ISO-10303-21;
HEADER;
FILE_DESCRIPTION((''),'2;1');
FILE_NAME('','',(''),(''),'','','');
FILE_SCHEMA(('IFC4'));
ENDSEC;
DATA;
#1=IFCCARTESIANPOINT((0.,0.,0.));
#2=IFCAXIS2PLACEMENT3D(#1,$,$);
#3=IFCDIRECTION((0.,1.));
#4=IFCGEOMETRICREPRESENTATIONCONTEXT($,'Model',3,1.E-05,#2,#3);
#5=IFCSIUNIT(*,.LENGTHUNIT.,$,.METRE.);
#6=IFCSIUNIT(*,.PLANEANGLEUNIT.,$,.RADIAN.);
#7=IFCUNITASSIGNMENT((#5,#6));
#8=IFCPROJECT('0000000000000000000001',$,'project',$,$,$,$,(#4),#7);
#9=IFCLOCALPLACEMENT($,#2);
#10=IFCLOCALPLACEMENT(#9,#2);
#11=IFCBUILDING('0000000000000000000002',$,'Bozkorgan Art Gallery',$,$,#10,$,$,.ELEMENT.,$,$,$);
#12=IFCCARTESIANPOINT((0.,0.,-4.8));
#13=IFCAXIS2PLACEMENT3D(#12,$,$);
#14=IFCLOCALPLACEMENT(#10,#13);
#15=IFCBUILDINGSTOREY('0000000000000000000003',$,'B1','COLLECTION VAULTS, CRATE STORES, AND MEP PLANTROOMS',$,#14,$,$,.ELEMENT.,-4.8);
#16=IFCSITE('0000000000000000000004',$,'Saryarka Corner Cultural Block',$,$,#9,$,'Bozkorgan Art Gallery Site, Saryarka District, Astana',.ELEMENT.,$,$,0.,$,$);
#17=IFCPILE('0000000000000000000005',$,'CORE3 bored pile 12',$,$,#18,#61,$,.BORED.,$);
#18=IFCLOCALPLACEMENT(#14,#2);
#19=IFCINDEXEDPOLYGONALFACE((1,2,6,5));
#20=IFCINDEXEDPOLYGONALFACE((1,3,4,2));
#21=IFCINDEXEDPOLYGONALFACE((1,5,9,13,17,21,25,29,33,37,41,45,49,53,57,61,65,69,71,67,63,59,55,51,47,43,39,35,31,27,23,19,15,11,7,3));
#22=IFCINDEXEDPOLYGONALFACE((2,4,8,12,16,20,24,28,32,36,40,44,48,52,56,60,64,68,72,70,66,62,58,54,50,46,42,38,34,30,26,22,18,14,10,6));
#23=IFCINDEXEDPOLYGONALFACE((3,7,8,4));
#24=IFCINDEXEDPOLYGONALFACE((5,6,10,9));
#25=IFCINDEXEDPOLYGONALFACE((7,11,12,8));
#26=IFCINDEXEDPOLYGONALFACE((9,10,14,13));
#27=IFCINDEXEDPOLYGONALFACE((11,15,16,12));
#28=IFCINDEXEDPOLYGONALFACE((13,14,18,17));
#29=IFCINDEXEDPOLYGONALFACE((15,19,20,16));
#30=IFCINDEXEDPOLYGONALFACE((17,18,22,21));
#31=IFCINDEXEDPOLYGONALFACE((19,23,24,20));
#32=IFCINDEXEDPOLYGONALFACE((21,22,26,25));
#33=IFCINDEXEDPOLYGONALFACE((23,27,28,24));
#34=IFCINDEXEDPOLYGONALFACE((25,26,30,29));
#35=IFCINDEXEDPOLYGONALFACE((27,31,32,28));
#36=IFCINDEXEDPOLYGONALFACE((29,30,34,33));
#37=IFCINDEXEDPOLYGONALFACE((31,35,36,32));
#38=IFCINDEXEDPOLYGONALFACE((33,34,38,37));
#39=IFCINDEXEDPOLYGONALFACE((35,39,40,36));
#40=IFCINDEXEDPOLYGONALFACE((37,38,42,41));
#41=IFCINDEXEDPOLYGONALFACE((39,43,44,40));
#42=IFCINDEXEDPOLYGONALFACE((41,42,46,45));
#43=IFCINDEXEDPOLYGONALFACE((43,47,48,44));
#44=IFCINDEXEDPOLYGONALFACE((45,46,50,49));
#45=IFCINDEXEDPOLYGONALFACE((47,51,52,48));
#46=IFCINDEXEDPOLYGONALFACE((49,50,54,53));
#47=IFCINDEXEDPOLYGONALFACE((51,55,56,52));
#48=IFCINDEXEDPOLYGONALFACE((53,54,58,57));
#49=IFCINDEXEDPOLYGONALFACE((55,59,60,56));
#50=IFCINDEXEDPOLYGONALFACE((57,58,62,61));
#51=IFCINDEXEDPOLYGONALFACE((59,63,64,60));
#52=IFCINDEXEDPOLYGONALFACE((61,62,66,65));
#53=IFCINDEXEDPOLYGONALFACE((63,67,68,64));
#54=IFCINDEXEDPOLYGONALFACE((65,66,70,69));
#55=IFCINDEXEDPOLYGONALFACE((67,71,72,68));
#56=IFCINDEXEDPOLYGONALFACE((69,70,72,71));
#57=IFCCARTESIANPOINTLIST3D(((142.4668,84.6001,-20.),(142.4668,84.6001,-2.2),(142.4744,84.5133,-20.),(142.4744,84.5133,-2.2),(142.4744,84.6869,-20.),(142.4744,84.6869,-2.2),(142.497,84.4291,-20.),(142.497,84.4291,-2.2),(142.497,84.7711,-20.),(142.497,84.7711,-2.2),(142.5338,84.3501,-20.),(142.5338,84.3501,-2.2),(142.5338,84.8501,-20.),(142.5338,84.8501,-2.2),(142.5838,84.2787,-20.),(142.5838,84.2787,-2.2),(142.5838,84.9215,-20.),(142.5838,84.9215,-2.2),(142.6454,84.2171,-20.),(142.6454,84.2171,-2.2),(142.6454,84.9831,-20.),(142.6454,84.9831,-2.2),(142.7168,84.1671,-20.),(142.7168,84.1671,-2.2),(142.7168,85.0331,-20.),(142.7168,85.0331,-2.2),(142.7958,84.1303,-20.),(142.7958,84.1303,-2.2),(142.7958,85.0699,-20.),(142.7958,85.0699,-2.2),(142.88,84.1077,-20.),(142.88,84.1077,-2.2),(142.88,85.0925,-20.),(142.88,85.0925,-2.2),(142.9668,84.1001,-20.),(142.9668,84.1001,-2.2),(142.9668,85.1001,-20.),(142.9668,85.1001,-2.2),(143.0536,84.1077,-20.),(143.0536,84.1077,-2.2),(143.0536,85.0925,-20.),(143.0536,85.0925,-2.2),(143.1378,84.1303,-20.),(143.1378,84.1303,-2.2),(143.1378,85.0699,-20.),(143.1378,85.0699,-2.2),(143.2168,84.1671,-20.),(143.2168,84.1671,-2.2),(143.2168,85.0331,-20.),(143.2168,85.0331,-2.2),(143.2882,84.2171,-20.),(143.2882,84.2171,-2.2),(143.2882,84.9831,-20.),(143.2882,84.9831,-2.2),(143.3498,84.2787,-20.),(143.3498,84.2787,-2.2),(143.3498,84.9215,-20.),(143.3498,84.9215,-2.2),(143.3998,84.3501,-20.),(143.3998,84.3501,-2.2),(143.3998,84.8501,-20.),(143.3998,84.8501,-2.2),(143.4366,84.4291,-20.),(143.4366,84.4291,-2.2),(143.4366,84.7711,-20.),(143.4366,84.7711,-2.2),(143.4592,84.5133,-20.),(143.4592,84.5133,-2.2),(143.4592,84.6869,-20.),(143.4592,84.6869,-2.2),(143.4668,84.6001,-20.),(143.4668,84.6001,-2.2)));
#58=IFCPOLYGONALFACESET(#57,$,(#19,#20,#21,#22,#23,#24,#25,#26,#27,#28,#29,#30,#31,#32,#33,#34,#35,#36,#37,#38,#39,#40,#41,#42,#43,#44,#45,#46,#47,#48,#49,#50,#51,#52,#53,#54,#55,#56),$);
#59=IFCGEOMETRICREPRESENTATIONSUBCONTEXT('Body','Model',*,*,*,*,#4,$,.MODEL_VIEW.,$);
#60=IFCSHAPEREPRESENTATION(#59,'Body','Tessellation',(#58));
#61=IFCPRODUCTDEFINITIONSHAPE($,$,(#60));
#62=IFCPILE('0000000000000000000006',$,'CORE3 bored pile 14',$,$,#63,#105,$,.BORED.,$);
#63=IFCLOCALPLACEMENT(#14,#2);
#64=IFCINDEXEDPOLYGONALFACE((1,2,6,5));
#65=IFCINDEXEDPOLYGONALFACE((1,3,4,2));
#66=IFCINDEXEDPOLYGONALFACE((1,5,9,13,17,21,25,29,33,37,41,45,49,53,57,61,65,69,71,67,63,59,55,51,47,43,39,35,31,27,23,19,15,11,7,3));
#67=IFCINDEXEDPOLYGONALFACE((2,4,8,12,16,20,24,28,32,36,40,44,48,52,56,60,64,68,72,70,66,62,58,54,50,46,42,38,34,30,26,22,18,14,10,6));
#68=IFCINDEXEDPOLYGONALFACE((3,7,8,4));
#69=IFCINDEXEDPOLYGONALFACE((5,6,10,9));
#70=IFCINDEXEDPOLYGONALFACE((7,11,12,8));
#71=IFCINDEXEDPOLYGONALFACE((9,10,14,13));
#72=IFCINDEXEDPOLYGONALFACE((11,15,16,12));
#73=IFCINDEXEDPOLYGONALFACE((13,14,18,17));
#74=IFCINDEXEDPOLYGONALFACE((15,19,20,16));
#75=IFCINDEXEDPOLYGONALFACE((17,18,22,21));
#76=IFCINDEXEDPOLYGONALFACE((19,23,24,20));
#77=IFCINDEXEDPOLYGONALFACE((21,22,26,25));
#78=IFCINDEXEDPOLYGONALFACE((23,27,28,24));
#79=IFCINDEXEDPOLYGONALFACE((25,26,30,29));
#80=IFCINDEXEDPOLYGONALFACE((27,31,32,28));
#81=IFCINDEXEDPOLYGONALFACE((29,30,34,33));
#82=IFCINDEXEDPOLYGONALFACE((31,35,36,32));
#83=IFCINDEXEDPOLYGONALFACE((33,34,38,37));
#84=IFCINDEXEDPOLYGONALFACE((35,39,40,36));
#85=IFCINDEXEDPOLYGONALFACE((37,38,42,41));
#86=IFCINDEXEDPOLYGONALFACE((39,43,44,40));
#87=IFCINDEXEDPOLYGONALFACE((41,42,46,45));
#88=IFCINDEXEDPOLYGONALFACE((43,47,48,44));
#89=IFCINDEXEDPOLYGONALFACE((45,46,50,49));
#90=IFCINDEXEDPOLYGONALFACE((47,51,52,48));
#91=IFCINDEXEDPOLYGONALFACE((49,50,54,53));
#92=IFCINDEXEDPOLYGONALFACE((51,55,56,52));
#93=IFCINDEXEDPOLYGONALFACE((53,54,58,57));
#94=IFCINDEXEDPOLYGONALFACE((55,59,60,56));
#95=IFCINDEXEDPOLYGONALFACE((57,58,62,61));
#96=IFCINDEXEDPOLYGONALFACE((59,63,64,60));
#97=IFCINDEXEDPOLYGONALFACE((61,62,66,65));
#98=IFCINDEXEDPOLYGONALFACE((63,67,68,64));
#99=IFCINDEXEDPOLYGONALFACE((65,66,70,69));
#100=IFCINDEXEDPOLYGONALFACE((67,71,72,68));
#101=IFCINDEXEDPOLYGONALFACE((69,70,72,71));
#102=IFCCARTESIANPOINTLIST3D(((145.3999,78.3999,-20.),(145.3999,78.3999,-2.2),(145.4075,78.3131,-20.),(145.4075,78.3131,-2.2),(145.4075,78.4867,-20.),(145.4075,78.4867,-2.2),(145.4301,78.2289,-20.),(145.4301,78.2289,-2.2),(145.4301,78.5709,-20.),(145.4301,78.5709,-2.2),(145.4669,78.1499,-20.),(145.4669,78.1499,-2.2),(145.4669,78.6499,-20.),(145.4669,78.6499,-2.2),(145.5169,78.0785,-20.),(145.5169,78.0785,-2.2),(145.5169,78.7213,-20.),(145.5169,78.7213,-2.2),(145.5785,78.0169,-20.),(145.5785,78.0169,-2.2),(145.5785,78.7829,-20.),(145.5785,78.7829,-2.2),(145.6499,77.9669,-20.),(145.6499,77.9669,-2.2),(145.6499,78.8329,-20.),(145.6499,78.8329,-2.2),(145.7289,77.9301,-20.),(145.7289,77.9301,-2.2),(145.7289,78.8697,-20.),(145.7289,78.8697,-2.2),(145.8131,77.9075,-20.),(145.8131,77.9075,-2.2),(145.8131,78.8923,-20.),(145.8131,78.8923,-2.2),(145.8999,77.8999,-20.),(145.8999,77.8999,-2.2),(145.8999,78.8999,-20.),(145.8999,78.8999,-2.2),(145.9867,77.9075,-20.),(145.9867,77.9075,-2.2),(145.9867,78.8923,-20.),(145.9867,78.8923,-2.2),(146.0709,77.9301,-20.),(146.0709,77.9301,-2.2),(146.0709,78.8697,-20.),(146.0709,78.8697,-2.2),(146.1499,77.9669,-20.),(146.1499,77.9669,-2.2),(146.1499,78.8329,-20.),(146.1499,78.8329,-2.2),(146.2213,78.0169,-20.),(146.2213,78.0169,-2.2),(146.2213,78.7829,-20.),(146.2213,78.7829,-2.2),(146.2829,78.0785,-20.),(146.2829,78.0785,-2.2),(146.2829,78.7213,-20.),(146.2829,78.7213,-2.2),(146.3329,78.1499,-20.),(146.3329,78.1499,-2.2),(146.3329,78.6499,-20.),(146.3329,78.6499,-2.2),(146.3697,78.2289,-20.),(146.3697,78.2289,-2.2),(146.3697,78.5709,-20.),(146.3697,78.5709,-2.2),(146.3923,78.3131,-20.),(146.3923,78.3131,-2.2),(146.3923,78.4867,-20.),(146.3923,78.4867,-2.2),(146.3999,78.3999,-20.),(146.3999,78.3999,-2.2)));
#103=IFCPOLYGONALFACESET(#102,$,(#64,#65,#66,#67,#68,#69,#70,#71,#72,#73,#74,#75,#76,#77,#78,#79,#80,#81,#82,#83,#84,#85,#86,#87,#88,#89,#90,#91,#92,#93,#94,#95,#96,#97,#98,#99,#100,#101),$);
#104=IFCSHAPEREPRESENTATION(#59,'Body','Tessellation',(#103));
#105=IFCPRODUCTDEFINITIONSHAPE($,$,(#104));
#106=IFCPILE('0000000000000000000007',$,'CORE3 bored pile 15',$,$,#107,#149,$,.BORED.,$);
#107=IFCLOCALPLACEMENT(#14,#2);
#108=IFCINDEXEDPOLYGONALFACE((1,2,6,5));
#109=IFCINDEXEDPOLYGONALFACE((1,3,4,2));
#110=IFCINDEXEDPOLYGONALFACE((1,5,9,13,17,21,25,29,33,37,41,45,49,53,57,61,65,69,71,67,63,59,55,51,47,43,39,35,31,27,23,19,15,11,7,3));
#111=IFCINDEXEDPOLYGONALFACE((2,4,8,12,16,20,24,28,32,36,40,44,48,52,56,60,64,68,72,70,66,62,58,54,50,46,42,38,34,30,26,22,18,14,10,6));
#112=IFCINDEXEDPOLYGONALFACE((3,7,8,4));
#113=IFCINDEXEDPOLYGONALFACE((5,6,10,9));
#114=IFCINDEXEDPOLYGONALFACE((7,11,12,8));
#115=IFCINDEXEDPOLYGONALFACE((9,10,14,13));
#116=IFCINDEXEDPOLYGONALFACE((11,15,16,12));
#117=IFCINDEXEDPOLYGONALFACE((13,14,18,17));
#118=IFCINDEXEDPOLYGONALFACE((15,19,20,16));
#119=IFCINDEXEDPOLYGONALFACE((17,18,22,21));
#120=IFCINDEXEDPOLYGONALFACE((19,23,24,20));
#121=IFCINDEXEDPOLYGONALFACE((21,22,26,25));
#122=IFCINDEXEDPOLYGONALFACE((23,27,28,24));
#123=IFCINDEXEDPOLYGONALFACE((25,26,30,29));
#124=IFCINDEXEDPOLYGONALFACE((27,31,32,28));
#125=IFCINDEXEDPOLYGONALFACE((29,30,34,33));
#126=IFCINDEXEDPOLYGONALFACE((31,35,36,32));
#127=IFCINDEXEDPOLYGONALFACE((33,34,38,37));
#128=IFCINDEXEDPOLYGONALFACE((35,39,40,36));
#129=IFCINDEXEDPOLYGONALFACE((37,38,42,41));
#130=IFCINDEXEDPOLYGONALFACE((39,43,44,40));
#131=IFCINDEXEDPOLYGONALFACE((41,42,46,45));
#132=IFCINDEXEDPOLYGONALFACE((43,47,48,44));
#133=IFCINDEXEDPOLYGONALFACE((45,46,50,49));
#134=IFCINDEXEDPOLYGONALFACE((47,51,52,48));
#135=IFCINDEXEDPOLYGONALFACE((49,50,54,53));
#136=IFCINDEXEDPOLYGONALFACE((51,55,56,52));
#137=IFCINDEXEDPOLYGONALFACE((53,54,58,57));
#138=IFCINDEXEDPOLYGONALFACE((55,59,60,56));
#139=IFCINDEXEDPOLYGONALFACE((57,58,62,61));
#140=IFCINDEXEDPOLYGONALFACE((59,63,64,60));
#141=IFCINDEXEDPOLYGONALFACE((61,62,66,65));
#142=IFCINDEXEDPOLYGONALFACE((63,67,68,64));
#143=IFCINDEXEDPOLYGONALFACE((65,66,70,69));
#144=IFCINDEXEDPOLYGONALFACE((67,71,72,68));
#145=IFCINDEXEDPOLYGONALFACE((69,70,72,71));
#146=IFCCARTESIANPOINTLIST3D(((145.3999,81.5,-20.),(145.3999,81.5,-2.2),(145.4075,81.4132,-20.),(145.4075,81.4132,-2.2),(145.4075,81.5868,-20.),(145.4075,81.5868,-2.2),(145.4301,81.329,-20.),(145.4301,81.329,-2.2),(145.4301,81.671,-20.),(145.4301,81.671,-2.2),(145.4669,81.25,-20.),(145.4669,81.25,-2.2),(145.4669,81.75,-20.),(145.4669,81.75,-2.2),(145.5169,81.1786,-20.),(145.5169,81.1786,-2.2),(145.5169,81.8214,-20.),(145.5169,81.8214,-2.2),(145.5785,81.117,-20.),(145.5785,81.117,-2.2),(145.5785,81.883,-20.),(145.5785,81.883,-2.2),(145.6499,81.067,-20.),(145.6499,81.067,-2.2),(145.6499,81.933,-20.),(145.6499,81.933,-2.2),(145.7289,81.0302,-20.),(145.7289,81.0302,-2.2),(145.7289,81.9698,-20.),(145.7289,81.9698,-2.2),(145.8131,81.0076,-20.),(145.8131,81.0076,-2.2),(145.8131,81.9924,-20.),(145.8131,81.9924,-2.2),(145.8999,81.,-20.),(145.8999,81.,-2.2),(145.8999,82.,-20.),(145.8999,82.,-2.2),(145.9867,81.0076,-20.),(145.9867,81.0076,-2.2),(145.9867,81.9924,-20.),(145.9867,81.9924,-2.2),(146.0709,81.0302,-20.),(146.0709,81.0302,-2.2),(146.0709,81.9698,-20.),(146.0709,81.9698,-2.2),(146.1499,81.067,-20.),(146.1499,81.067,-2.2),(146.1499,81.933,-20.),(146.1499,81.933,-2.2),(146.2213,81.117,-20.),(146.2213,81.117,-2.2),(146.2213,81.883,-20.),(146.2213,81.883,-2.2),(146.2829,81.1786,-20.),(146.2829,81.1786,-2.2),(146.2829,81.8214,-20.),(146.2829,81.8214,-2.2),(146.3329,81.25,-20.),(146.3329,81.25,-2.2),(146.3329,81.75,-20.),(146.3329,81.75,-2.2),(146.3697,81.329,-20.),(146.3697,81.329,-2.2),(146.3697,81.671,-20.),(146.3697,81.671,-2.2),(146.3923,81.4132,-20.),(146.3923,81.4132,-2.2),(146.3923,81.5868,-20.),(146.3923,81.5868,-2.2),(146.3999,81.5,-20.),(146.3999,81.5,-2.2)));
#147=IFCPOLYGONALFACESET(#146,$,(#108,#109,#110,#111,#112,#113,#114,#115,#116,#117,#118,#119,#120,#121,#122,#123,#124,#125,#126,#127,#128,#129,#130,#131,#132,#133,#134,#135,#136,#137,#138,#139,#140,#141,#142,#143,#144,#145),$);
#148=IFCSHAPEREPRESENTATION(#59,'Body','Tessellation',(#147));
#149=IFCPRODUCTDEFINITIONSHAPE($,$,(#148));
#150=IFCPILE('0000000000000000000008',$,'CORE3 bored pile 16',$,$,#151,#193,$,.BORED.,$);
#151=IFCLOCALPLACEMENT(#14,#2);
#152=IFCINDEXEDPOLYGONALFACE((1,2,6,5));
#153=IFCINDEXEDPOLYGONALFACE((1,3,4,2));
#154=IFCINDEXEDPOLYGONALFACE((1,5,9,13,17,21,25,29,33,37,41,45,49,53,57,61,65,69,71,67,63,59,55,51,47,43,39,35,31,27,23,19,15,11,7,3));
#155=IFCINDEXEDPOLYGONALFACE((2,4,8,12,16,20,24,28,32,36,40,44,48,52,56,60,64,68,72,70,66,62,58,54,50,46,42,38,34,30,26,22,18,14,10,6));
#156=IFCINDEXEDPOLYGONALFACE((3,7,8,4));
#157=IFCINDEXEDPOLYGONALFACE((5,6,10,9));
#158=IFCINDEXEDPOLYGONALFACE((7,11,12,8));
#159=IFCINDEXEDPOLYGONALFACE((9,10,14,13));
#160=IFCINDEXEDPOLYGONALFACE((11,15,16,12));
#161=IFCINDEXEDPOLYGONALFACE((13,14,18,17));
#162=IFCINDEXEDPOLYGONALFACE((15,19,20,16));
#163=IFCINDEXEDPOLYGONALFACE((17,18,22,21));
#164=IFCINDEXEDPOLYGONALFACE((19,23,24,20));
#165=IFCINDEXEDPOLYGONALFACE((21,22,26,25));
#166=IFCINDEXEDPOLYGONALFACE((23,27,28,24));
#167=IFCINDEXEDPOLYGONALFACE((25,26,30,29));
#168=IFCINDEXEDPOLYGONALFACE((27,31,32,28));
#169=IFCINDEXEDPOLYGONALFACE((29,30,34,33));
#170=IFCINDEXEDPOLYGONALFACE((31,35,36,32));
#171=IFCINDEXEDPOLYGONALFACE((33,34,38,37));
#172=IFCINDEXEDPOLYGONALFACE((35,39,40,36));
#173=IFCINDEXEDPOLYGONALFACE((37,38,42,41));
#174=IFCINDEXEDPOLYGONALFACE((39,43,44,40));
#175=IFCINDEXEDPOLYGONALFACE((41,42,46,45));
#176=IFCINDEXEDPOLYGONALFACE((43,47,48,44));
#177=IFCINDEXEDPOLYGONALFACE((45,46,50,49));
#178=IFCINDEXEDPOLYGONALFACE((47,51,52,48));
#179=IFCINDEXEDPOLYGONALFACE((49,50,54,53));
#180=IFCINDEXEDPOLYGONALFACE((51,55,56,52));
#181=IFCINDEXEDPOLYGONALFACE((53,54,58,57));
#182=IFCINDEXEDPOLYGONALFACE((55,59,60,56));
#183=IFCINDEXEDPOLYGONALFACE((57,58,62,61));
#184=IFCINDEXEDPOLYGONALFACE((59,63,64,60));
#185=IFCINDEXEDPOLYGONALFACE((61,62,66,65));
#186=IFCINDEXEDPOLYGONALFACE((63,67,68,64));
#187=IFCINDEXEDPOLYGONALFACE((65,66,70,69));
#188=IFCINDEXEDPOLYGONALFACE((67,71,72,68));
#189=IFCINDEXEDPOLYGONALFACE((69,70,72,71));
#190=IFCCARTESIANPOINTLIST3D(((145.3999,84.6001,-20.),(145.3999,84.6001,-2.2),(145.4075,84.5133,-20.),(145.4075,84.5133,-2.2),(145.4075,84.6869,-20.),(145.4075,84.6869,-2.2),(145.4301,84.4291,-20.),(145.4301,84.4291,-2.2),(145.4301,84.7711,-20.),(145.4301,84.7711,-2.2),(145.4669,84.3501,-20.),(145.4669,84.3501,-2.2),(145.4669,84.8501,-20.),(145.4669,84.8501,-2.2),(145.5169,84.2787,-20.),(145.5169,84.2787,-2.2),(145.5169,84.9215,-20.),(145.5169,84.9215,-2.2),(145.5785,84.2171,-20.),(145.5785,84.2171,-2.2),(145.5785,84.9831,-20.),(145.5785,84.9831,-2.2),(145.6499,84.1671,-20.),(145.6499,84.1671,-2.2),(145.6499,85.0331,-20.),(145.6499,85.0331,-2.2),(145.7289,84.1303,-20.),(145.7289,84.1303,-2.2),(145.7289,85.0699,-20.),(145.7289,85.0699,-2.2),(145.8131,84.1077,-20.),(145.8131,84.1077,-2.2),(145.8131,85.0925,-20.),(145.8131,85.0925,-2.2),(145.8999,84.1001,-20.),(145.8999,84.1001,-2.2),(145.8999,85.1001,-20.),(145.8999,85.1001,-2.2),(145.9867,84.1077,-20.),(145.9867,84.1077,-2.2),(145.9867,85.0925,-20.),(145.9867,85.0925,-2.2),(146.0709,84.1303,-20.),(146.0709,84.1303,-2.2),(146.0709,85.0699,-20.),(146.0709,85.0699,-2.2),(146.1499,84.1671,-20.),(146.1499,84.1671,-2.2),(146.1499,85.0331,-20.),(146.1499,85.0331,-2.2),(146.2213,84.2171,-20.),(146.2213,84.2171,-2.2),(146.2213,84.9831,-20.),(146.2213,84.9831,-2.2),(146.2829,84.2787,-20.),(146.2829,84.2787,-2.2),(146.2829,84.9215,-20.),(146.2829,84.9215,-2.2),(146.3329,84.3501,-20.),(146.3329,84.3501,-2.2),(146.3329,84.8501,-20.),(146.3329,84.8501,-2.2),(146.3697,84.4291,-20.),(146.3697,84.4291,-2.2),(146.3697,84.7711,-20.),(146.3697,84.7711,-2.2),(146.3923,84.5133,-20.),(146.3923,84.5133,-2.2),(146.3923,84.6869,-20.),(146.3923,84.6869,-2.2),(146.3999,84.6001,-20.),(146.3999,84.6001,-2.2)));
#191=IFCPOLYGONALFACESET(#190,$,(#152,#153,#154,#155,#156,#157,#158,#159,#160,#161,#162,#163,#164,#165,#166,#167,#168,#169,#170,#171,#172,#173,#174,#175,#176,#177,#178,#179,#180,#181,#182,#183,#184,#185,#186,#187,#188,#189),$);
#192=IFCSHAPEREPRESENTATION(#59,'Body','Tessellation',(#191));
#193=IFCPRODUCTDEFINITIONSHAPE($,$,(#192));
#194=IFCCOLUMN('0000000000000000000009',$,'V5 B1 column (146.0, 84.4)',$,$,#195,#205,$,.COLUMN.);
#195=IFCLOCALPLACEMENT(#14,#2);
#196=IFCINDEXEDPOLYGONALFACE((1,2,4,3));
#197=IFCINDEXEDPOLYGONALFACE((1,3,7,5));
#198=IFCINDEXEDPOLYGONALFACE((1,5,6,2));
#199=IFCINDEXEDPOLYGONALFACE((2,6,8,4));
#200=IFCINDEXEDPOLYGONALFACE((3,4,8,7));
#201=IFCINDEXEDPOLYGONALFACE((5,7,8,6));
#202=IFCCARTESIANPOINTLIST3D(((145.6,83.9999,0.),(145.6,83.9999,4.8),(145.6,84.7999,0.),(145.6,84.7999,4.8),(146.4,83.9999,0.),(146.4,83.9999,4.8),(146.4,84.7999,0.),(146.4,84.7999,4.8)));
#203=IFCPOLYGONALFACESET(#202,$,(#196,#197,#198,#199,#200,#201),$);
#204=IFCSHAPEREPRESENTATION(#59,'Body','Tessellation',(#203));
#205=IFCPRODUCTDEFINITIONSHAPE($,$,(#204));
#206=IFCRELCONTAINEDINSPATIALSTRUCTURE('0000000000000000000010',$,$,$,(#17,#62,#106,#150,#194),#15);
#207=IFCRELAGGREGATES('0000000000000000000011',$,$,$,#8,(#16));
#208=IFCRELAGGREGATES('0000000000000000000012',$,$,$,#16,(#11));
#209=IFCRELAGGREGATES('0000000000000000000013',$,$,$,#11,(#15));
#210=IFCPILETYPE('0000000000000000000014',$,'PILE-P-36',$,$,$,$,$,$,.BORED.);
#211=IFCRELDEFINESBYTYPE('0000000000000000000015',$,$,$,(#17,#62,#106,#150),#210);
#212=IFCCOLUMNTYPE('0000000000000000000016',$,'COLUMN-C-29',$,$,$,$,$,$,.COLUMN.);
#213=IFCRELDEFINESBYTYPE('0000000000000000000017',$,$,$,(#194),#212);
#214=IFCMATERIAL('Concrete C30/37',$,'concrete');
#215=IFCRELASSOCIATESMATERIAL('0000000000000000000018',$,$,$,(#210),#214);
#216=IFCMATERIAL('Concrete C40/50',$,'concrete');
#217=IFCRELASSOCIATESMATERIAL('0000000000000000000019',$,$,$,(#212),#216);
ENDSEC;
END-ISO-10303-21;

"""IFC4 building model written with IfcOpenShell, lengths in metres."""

from ifc_helpers import new_model, si_unit, direction, frame, origin, origin_2d, place, context, subcontext, project, spatial, rectangle, circle, extrude, material, material_profile, profile_set, type_object, element, save


model = new_model("IFC4")

# Units and contexts
model_context = context("Model", 3, precision=1e-05, world=origin(), true_north=direction((0.0, 1.0)))
body_context = subcontext(model_context, "Body", "Model", "MODEL_VIEW")
ifc_project = project(units=[si_unit("LENGTHUNIT", "METRE"), si_unit("PLANEANGLEUNIT", "RADIAN")], contexts=[model_context])

# Site, building, storey
site_placement = place(None, origin())
site = spatial("IfcSite", under=ifc_project, at=site_placement, Name="Saryarka Corner Cultural Block", LongName="Bozkorgan Art Gallery Site, Saryarka District, Astana", CompositionType="ELEMENT", RefElevation=0.0)
building_placement = place(site_placement, origin())
building = spatial("IfcBuilding", under=site, at=building_placement, Name="Bozkorgan Art Gallery", CompositionType="ELEMENT")
storey_placement = place(building_placement, frame((0.0, 0.0, -4.8)))
storey = spatial("IfcBuildingStorey", under=building, at=storey_placement, Name="B1", Description="COLLECTION VAULTS, CRATE STORES, AND MEP PLANTROOMS", CompositionType="ELEMENT", Elevation=-4.8)

# Shared definitions
ifc_material_1 = material(Name="Concrete C30/37", Category="concrete")

# Piles
ifc_material_profile_1 = material_profile(ifc_material_1, circle(Radius=0.5, at=origin_2d()), Name="PILE D1000")
ifc_profile_set_1 = profile_set([ifc_material_profile_1], Name="Concrete C30/37")
pile_type = type_object("IfcPileType", Name="PILE-P-36", PredefinedType="BORED", material=ifc_profile_set_1)
for number, where, z_axis, x_axis, name in (
    (1, (142.9668, 84.6001, -2.2), (0.0, 0.0, -1.0), (1.0, 0.0, 0.0), "CORE3 bored pile 12"),
    (2, (145.8999, 78.3999, -2.2), (0.0, 0.0, -1.0), (1.0, 0.0, 0.0), "CORE3 bored pile 14"),
    (3, (145.8999, 81.5, -2.2), (0.0, 0.0, -1.0), (1.0, 0.0, 0.0), "CORE3 bored pile 15"),
    (4, (145.8999, 84.6001, -2.2), (0.0, 0.0, -1.0), (1.0, 0.0, 0.0), "CORE3 bored pile 16"),
):
    element("IfcPile", number, at=place(storey_placement, frame(where, z_axis=z_axis, x_axis=x_axis)), inside=storey, type_object=pile_type, Name=name, PredefinedType="BORED", context=body_context, shape_type="SweptSolid", body=[
        extrude(circle(Radius=0.5, at=origin_2d()), origin(), (0.0, 0.0, 1.0), 17.8),
    ])

# Column
ifc_material_2 = material(Name="Concrete C40/50", Category="concrete")
ifc_material_profile_2 = material_profile(ifc_material_2, rectangle(XDim=0.8, YDim=0.8, at=origin_2d()), Name="RC 800x800")
ifc_profile_set_2 = profile_set([ifc_material_profile_2], Name="Concrete C40/50")
column_type = type_object("IfcColumnType", Name="COLUMN-C-29", PredefinedType="COLUMN", material=ifc_profile_set_2)
column_placement = place(storey_placement, frame((146.0, 84.3999, 0.0), z_axis=(0.0, 0.0, 1.0), x_axis=(1.0, 0.0, 0.0)))
element("IfcColumn", 5, at=column_placement, inside=storey, type_object=column_type, Name="V5 B1 column (146.0, 84.4)", PredefinedType="COLUMN", context=body_context, shape_type="SweptSolid", body=[
    extrude(rectangle(XDim=0.8, YDim=0.8, at=origin_2d()), origin(), (0.0, 0.0, 1.0), 4.8),
])

save(model, "model.ifc")
